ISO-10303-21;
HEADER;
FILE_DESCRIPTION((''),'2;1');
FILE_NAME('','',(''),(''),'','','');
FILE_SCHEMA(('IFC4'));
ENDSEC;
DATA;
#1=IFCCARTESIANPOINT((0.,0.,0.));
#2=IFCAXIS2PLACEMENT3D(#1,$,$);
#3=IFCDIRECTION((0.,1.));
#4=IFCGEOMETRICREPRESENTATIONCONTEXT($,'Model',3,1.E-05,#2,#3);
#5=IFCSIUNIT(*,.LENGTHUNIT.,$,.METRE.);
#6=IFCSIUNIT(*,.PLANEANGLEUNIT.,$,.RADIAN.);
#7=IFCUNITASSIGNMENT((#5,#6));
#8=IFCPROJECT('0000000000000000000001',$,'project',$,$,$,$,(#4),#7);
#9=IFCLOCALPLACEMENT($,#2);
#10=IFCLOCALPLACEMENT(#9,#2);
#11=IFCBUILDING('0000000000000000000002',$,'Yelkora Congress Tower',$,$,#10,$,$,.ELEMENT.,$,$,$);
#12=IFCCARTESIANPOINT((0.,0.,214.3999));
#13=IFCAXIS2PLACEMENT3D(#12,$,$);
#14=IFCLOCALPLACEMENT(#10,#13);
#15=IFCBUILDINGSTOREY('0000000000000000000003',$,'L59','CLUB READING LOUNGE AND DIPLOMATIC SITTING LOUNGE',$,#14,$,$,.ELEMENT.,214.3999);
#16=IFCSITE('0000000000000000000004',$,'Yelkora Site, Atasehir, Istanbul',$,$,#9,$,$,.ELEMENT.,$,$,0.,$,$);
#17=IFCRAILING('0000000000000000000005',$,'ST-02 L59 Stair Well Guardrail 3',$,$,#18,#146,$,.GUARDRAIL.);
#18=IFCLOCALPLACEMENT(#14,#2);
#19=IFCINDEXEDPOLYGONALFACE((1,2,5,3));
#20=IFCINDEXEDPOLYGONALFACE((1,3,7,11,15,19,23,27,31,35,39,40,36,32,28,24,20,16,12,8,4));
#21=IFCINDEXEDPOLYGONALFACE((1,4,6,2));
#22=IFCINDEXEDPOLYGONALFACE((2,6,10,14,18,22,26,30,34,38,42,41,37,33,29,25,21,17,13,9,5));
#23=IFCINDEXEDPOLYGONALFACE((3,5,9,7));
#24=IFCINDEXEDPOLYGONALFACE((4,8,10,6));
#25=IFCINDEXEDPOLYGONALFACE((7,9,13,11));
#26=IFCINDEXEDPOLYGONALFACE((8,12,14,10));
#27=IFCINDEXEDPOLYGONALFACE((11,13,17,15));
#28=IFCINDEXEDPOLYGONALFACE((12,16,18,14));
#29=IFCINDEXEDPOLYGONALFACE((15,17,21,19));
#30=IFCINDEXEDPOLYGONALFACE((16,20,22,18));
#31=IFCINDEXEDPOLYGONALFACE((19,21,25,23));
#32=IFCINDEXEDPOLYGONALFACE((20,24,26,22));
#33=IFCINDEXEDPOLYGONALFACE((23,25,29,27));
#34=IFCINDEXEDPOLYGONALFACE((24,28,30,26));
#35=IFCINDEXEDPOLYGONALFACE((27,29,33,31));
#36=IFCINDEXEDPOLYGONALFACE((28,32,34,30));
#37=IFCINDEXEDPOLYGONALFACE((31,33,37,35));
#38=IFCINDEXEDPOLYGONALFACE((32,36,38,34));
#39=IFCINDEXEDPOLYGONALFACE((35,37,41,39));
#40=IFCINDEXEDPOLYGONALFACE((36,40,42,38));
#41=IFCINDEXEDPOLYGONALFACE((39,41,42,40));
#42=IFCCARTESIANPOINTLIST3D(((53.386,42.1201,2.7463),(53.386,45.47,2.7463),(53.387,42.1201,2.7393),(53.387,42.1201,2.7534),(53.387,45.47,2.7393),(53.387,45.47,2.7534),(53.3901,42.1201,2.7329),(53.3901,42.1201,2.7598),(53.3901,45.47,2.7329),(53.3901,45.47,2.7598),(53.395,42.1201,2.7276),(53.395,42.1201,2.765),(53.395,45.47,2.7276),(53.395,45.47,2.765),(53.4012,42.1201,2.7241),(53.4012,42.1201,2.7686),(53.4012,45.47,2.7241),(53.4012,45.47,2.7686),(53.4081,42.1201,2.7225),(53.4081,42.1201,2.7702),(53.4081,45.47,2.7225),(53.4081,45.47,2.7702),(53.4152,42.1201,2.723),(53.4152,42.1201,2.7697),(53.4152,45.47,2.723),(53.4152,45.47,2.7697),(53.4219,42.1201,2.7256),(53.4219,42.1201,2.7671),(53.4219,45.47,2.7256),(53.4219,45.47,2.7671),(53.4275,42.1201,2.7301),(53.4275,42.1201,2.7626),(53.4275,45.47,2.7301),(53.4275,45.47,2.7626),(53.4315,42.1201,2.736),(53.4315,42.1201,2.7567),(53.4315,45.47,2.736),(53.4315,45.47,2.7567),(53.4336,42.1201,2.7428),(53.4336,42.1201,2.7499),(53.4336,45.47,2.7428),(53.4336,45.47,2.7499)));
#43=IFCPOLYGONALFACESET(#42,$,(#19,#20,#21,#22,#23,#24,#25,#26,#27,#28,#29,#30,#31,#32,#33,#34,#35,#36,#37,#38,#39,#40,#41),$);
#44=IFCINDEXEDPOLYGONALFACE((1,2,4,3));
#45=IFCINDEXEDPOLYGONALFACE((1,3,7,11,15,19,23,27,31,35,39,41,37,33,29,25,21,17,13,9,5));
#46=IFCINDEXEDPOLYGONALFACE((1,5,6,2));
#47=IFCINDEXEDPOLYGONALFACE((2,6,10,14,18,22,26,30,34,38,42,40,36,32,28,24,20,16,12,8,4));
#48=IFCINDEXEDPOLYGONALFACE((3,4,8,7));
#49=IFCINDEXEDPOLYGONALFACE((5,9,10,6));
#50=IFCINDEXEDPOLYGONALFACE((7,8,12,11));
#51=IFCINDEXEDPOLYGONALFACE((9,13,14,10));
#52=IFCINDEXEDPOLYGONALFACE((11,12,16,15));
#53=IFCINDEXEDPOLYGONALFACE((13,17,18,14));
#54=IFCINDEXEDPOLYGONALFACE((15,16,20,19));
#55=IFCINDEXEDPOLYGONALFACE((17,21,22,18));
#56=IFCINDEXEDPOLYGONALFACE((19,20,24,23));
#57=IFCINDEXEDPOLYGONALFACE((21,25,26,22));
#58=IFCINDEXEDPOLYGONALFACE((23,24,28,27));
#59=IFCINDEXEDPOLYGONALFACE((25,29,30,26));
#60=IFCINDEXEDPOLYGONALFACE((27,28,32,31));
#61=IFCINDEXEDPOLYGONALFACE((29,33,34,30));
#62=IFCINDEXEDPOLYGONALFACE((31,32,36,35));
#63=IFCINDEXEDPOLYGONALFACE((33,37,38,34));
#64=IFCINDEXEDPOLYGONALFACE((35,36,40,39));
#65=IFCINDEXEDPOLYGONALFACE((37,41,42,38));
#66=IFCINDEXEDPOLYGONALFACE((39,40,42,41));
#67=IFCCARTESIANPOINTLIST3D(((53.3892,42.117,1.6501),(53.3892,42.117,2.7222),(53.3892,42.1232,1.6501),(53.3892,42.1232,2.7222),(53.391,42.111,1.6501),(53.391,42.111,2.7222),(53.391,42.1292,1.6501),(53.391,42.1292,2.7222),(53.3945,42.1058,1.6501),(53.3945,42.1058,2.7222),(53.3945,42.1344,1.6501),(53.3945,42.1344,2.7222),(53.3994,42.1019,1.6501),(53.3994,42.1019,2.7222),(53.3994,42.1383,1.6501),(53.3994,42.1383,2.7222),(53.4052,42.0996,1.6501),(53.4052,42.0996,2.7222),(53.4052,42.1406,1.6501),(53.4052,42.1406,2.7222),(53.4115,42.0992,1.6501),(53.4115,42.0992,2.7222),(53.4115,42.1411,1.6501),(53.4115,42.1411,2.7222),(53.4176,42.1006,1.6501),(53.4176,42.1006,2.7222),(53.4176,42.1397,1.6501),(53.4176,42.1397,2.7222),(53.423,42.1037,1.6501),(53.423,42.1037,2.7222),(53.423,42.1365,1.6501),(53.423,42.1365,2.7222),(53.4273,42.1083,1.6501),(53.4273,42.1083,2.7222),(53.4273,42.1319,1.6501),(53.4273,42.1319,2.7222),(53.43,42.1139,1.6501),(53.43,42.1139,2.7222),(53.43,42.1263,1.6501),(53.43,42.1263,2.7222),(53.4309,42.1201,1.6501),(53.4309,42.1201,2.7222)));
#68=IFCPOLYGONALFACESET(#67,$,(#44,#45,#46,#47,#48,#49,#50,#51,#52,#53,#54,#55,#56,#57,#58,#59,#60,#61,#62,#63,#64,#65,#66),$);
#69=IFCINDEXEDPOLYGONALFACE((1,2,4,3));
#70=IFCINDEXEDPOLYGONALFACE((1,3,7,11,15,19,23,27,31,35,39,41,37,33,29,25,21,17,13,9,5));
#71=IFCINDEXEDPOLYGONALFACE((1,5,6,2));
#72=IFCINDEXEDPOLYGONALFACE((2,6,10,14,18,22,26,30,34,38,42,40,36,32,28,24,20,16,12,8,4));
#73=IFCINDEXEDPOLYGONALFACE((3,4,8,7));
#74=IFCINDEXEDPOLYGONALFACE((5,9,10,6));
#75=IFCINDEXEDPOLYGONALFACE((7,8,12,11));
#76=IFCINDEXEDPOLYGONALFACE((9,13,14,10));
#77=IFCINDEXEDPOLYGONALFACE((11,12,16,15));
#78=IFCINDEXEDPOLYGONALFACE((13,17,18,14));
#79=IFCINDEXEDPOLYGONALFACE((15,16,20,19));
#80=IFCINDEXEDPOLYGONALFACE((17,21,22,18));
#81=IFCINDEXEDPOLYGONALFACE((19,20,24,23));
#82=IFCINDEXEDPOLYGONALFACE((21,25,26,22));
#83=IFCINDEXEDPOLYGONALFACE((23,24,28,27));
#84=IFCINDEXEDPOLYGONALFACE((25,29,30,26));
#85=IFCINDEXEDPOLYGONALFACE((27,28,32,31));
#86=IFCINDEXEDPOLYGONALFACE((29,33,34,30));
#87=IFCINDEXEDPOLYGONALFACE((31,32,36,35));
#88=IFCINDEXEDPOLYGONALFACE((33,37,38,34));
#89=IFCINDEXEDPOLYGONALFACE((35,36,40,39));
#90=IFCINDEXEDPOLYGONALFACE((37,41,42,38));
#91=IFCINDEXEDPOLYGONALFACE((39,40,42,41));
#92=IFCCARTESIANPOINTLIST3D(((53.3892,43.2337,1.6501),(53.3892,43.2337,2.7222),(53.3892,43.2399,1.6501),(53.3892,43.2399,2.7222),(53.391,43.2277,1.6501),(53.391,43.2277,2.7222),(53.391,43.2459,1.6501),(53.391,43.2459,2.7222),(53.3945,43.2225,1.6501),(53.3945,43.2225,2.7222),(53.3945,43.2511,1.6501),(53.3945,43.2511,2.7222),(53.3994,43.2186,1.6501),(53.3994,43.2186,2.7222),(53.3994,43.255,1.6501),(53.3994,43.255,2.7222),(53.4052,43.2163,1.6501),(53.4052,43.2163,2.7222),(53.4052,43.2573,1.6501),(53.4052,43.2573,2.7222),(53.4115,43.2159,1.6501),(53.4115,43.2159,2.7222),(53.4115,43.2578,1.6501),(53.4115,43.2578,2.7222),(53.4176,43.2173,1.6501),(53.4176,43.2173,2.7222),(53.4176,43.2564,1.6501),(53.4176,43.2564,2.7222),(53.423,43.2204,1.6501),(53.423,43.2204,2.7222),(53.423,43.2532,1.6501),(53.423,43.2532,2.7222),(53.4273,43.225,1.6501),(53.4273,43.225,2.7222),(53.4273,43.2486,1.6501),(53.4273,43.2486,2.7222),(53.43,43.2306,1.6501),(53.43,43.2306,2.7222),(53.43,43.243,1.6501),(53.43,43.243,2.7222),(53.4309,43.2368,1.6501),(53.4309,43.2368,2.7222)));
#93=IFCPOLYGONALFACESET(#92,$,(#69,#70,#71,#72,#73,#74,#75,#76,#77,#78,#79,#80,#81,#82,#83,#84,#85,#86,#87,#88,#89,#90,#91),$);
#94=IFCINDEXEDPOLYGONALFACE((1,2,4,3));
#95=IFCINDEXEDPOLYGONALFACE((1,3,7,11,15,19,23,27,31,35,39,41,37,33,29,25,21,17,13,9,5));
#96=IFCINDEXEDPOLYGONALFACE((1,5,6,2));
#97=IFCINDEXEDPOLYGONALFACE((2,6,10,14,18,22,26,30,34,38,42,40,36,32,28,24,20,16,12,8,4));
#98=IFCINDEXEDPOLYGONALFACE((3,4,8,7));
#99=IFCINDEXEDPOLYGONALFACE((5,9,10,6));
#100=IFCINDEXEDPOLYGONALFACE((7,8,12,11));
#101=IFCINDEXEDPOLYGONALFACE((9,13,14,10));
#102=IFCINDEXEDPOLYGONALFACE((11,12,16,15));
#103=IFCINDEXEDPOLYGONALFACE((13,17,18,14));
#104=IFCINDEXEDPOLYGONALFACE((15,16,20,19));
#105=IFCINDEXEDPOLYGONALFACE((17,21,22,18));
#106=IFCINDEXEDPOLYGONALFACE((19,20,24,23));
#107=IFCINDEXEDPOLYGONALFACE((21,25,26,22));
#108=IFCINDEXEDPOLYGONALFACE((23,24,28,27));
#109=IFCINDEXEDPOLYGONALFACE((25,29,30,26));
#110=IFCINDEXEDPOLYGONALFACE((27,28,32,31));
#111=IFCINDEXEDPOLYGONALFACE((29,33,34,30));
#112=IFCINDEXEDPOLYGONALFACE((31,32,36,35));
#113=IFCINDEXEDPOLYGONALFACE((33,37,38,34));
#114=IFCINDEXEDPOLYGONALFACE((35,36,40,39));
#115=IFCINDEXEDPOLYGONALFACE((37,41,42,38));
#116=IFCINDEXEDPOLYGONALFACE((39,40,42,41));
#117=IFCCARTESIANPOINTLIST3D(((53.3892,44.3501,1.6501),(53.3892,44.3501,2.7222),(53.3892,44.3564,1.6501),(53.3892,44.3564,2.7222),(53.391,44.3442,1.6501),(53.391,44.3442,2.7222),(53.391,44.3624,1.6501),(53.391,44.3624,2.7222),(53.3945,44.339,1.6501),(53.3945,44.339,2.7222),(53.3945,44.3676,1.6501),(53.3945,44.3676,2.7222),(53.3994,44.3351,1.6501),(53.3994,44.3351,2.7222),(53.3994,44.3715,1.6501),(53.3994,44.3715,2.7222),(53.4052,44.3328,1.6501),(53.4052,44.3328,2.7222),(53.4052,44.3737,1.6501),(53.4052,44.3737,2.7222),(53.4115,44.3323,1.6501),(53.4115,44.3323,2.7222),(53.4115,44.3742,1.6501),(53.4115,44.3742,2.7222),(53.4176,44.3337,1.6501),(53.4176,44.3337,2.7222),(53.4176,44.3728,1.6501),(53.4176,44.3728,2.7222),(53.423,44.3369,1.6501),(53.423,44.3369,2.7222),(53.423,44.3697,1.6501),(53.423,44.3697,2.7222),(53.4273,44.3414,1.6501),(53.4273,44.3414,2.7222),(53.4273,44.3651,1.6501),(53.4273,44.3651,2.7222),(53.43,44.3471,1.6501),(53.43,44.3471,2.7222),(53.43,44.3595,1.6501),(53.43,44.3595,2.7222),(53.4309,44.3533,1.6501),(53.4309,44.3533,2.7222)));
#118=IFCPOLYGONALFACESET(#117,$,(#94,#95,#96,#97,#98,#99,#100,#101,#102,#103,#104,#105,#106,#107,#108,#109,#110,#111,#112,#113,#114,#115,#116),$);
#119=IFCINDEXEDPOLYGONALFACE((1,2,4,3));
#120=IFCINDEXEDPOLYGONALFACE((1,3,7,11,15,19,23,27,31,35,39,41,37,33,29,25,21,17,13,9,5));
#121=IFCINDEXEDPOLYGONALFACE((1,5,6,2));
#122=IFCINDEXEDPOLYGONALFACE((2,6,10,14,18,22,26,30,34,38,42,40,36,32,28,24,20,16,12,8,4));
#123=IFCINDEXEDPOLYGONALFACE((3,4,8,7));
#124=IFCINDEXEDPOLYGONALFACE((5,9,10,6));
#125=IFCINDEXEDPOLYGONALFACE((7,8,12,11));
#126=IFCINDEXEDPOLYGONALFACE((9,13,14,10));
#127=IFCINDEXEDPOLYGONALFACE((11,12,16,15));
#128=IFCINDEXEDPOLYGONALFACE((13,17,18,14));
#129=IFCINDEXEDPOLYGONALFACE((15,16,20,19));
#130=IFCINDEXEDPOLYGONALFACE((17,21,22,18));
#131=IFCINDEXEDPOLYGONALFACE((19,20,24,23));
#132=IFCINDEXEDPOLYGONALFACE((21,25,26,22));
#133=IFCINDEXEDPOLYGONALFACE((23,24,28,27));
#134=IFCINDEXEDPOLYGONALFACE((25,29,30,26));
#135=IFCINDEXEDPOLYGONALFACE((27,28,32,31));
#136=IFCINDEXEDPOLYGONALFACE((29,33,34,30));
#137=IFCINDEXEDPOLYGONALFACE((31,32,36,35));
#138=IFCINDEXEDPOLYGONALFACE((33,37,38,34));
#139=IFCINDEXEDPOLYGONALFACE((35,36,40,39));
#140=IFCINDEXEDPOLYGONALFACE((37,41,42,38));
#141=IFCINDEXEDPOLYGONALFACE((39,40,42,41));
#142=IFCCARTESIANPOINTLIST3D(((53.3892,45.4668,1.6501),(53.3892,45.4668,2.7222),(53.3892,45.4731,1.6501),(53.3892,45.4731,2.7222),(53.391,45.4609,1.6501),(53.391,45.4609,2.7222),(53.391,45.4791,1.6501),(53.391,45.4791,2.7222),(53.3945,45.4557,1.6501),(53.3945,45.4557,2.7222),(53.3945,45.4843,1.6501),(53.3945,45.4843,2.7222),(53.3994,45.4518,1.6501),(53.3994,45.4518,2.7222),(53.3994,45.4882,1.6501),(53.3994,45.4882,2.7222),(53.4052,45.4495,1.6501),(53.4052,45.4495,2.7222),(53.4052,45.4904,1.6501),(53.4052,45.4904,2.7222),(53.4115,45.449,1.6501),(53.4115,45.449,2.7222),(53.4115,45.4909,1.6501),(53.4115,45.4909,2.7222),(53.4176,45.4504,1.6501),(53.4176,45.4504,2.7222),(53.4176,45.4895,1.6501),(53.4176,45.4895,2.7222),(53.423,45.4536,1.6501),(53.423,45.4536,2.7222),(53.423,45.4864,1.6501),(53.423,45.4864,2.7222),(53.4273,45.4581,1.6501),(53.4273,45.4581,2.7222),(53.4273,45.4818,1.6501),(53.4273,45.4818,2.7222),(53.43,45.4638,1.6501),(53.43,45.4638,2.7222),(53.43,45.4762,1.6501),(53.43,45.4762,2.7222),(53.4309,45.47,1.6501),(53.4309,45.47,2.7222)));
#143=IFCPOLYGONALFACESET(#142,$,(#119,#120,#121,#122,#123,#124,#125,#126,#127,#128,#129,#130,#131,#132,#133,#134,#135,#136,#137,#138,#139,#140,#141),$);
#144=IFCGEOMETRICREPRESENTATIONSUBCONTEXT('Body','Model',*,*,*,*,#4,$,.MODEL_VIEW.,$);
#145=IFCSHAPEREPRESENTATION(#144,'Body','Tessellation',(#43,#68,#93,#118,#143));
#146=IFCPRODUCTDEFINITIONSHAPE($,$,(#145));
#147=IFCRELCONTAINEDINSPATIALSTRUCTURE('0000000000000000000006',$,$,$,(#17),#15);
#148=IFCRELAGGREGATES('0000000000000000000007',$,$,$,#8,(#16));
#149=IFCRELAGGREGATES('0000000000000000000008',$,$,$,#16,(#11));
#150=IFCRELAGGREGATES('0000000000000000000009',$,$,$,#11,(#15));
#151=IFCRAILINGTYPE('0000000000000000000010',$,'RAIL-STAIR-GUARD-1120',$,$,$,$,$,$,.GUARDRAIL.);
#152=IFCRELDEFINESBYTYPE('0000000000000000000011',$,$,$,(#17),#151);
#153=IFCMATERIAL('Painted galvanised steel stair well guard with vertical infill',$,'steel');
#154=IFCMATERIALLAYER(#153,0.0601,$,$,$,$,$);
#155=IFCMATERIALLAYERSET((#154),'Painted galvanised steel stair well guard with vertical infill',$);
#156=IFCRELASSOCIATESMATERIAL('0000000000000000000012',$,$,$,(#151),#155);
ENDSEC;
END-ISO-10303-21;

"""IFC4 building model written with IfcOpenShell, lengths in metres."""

from ifc_helpers import new_model, si_unit, direction, frame, origin, origin_2d, place, context, subcontext, project, spatial, circle, extrude, material, layer, layer_set, type_object, element, save


model = new_model("IFC4")

# Units and contexts
model_context = context("Model", 3, precision=1e-05, world=origin(), true_north=direction((0.0, 1.0)))
body_context = subcontext(model_context, "Body", "Model", "MODEL_VIEW")
ifc_project = project(units=[si_unit("LENGTHUNIT", "METRE"), si_unit("PLANEANGLEUNIT", "RADIAN")], contexts=[model_context])

# Site, building, storey
site_placement = place(None, origin())
site = spatial("IfcSite", under=ifc_project, at=site_placement, Name="Yelkora Site, Atasehir, Istanbul", CompositionType="ELEMENT", RefElevation=0.0)
building_placement = place(site_placement, origin())
building = spatial("IfcBuilding", under=site, at=building_placement, Name="Yelkora Congress Tower", CompositionType="ELEMENT")
storey_placement = place(building_placement, frame((0.0, 0.0, 214.3999)))
storey = spatial("IfcBuildingStorey", under=building, at=storey_placement, Name="L59", Description="CLUB READING LOUNGE AND DIPLOMATIC SITTING LOUNGE", CompositionType="ELEMENT", Elevation=214.3999)

# Railing
ifc_material_1 = material(Name="Painted galvanised steel stair well guard with vertical infill", Category="steel")
ifc_layer_1 = layer(ifc_material_1, 0.0601)
ifc_layer_set_1 = layer_set([ifc_layer_1], Name="Painted galvanised steel stair well guard with vertical infill")
railing_type_1 = type_object("IfcRailingType", Name="RAIL-STAIR-GUARD-1120", PredefinedType="GUARDRAIL", material=ifc_layer_set_1)
railing_1_placement = place(storey_placement, frame((53.4099, 42.1201, 1.6501)))
element("IfcRailing", 1, at=railing_1_placement, inside=storey, type_object=railing_type_1, Name="ST-02 L59 Stair Well Guardrail 3", PredefinedType="GUARDRAIL", context=body_context, shape_type="SweptSolid", body=[
    extrude(circle(Radius=0.0239, at=origin_2d()), frame((0.0, 0.0, 1.0962), z_axis=(0.0, 1.0, 0.0), x_axis=(-1.0, 0.0, 0.0)), (0.0, 0.0, 1.0), 3.3499),
    extrude(circle(Radius=0.021, at=origin_2d()), origin(), (0.0, 0.0, 1.0), 1.072),
    extrude(circle(Radius=0.021, at=origin_2d()), frame((0.0, 1.1167, 0.0)), (0.0, 0.0, 1.0), 1.072),
    extrude(circle(Radius=0.021, at=origin_2d()), frame((0.0, 2.2332, 0.0)), (0.0, 0.0, 1.0), 1.072),
    extrude(circle(Radius=0.021, at=origin_2d()), frame((0.0, 3.3499, 0.0)), (0.0, 0.0, 1.0), 1.072),
])

save(model, "model.ifc")
